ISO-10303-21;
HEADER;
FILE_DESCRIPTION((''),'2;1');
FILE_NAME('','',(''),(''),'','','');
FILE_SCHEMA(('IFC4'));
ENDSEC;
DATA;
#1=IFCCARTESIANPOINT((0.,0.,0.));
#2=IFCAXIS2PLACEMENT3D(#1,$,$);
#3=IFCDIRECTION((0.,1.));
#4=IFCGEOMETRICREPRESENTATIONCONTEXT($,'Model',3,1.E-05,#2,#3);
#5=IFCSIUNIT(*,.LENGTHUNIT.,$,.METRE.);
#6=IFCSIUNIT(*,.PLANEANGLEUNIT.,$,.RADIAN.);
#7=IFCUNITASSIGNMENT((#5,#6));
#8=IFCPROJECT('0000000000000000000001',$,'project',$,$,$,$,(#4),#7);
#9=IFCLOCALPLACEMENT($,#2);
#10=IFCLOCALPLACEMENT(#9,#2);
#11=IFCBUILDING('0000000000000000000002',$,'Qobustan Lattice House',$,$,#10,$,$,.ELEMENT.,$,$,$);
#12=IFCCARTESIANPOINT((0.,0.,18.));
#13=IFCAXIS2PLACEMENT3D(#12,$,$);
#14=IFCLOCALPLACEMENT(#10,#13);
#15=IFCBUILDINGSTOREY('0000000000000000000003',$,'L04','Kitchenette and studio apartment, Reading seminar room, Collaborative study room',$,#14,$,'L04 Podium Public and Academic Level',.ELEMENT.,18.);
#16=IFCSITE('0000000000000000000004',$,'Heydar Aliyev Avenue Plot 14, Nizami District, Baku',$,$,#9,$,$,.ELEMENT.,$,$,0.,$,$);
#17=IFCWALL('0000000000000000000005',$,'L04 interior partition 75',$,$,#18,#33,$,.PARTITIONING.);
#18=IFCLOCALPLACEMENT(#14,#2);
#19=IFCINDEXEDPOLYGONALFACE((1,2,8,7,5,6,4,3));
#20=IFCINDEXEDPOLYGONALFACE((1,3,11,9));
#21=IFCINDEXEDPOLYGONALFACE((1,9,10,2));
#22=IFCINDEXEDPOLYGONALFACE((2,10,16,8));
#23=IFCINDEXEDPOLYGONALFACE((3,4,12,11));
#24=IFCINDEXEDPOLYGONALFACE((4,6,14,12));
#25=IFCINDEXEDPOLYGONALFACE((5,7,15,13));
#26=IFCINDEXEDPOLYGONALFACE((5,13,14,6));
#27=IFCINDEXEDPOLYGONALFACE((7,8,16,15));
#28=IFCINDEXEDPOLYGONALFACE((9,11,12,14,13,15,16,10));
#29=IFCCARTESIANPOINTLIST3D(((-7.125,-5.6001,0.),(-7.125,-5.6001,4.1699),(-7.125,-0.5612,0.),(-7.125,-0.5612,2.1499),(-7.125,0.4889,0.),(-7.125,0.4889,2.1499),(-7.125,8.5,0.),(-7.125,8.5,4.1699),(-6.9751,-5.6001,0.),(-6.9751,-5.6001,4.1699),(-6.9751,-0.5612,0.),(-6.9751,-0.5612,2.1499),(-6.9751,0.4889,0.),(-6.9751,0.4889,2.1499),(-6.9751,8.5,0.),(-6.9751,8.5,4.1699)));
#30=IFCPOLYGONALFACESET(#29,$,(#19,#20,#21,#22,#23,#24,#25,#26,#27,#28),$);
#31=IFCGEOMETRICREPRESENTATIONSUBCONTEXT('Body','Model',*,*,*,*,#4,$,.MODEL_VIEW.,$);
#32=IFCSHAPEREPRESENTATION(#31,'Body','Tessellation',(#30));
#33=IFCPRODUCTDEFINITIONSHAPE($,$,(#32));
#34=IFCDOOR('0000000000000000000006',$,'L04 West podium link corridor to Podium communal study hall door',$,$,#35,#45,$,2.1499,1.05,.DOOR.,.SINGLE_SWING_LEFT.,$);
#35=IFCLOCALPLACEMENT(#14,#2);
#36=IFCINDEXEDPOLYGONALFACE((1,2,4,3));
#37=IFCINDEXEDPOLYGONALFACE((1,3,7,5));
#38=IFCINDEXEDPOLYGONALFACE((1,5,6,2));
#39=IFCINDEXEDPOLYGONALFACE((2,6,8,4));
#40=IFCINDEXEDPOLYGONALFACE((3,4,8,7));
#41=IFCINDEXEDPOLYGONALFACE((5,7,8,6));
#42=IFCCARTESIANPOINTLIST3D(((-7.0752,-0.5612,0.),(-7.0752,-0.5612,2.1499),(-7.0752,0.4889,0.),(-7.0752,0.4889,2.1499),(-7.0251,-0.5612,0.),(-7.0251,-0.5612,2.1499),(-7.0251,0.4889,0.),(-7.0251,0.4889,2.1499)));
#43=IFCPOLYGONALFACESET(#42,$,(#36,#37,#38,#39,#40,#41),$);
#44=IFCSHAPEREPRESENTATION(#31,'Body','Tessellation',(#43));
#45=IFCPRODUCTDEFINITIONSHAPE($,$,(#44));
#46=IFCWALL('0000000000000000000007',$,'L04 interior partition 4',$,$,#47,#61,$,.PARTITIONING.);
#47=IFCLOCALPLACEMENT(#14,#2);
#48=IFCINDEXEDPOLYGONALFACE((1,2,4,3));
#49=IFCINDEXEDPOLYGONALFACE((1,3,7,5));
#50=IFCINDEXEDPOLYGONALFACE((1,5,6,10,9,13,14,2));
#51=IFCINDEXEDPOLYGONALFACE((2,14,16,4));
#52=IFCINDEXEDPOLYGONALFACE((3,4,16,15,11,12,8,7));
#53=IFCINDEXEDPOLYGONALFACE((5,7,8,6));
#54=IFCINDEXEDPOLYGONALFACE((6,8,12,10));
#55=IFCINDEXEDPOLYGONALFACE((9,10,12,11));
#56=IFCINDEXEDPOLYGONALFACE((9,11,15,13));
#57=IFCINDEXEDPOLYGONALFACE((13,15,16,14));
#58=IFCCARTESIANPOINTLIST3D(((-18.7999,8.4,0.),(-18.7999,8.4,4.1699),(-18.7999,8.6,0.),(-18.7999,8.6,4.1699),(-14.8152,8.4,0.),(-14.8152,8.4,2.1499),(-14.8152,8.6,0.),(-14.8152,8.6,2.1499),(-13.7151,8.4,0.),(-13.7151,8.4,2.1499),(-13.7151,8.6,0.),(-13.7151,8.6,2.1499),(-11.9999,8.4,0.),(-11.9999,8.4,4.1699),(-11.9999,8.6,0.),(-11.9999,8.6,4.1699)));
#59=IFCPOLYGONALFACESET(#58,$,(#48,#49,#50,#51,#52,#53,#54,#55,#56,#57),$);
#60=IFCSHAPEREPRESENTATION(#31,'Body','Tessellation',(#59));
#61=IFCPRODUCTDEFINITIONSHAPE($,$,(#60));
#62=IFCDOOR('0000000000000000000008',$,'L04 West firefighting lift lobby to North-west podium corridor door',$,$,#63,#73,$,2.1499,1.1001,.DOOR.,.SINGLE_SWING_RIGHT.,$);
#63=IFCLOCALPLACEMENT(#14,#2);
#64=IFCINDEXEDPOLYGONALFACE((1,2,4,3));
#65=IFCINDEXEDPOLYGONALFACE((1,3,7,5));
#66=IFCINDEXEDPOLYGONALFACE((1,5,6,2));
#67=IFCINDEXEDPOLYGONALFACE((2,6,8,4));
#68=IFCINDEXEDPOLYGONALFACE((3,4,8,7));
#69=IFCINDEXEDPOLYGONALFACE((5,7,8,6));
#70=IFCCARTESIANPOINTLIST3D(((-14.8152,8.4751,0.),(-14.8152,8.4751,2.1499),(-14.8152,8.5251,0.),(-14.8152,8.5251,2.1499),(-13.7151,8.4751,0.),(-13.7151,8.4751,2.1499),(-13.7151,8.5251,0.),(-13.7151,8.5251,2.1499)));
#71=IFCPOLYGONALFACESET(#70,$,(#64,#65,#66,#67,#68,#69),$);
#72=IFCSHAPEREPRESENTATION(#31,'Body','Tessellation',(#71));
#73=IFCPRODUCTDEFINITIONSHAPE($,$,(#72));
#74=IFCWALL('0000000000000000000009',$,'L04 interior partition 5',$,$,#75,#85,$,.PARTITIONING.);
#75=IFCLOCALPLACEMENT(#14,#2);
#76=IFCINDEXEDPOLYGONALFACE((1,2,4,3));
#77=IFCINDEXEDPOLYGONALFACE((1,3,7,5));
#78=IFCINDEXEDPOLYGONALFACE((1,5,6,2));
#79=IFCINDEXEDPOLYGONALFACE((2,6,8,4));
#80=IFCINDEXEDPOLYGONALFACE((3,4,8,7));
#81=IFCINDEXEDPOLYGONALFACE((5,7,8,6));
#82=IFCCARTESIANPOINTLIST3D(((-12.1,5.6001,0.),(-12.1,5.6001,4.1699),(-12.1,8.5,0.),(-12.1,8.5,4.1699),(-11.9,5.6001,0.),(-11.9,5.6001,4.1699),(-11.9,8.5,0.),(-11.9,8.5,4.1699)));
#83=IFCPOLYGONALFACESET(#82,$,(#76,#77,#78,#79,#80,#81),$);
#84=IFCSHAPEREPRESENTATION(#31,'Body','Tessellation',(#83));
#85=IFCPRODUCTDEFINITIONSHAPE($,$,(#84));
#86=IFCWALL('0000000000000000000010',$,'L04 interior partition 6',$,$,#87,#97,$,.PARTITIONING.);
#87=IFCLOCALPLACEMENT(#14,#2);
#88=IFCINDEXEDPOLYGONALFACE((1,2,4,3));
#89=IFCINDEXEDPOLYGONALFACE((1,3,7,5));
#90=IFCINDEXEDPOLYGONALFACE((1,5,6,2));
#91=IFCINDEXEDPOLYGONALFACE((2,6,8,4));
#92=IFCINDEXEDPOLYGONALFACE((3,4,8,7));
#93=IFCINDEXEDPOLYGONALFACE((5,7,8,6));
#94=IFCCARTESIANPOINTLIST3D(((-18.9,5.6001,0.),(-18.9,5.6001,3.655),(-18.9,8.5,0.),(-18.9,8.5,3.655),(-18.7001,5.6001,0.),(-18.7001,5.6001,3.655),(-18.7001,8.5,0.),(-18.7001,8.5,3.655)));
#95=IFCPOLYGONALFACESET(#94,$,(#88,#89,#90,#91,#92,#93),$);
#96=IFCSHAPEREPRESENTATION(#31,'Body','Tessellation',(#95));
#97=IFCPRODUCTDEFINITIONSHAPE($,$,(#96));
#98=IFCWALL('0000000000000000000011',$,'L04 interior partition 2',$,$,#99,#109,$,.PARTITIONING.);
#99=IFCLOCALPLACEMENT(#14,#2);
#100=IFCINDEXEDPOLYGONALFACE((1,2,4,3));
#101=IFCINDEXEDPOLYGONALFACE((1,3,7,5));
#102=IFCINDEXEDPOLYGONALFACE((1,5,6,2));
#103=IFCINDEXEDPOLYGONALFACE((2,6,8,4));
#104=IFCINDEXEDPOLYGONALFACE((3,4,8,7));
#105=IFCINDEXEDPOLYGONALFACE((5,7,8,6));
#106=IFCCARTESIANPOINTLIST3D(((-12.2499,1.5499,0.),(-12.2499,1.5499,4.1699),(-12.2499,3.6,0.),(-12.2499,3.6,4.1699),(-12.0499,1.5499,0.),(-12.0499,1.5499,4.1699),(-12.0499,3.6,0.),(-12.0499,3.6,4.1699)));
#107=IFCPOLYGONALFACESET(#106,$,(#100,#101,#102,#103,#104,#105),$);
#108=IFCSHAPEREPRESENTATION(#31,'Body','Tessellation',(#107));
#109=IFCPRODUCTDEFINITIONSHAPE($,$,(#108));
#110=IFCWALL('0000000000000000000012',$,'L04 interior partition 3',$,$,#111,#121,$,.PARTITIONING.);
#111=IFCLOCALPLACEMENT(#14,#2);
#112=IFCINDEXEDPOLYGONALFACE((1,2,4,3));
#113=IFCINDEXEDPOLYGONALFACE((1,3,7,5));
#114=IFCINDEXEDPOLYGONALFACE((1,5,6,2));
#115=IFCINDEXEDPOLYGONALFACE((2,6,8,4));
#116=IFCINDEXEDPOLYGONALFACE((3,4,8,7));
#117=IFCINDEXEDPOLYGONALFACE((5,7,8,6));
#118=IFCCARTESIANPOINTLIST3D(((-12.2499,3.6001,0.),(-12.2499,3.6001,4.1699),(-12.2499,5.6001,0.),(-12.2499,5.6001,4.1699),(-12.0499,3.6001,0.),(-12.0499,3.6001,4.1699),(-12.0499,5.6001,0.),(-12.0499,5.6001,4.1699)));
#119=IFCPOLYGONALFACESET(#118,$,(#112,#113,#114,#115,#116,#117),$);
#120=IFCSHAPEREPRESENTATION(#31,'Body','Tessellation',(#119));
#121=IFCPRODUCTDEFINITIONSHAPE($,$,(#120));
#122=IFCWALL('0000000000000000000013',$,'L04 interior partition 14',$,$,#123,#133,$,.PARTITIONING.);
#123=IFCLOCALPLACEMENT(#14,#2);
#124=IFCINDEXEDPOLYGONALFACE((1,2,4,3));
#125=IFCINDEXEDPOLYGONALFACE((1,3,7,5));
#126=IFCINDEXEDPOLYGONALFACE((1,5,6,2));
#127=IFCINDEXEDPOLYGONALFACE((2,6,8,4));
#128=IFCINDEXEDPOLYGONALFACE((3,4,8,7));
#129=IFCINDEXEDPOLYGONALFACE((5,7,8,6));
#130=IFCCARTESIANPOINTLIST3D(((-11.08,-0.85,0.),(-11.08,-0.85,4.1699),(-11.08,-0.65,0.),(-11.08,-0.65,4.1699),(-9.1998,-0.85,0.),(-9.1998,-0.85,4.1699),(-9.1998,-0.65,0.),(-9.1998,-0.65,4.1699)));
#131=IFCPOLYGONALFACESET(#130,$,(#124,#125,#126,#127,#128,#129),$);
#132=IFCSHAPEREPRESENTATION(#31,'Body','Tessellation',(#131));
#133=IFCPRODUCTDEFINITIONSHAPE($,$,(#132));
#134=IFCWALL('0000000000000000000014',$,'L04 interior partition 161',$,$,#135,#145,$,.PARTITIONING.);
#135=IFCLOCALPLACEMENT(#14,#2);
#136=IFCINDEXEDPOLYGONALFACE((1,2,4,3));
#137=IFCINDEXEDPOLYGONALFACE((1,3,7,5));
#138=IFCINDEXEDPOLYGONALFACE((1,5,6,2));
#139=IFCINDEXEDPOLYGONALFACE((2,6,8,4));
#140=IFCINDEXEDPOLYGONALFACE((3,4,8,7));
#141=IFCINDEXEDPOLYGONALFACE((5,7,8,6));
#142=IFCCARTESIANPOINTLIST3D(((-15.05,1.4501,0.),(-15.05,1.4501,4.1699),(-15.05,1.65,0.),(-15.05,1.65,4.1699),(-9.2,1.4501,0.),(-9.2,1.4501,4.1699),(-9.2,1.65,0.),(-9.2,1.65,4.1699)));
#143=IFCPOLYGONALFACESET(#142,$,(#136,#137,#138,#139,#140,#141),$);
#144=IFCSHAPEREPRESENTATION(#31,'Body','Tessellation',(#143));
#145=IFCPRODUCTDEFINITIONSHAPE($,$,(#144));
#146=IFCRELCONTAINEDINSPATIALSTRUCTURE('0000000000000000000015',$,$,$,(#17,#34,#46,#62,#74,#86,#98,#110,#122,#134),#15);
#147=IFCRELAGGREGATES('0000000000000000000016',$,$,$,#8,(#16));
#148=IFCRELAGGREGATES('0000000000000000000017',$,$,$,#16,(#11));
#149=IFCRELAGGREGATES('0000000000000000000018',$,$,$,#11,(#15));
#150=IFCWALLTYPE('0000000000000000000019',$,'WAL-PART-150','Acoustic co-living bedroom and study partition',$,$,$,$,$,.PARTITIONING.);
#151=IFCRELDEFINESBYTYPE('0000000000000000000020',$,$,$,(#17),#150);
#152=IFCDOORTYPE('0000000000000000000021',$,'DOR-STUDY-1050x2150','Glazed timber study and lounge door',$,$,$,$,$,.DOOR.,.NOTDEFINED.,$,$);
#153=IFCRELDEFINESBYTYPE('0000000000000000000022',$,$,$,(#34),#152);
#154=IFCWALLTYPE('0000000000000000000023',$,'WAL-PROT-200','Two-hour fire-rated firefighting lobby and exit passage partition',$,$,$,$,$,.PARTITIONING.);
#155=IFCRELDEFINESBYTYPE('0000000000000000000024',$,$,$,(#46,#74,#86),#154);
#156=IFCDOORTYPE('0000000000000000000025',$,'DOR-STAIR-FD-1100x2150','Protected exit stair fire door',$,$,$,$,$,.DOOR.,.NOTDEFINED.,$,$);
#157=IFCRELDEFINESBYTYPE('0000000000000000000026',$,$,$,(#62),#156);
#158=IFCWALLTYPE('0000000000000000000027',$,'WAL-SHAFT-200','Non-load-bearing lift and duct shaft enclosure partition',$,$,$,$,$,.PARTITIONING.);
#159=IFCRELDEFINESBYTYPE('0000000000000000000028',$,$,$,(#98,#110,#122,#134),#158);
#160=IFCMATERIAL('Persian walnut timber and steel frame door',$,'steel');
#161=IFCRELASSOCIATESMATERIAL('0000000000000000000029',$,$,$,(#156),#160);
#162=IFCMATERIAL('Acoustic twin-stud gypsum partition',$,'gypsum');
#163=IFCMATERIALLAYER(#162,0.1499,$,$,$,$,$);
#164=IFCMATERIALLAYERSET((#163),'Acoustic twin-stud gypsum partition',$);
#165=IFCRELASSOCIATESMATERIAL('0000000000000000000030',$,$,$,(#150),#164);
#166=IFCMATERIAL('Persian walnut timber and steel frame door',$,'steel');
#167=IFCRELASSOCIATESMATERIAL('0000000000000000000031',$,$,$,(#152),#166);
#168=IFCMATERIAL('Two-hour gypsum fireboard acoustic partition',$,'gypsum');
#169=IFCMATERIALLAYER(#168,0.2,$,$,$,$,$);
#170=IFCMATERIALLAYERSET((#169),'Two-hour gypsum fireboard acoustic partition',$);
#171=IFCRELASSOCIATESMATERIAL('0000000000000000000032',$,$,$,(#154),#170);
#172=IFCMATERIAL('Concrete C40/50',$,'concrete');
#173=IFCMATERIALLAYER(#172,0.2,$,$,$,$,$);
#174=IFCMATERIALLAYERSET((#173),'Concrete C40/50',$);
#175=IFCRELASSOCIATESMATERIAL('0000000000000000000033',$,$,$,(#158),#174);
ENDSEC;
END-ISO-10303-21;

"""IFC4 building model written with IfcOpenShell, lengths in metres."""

from ifc_helpers import new_model, si_unit, direction, frame, frame_2d, origin, place, context, subcontext, project, spatial, rectangle, extrude, material, layer, layer_set, type_object, element, fill, save


model = new_model("IFC4")

# Units and contexts
model_context = context("Model", 3, precision=1e-05, world=origin(), true_north=direction((0.0, 1.0)))
body_context = subcontext(model_context, "Body", "Model", "MODEL_VIEW")
ifc_project = project(units=[si_unit("LENGTHUNIT", "METRE"), si_unit("PLANEANGLEUNIT", "RADIAN")], contexts=[model_context])

# Site, building, storey
site_placement = place(None, origin())
site = spatial("IfcSite", under=ifc_project, at=site_placement, Name="Heydar Aliyev Avenue Plot 14, Nizami District, Baku", CompositionType="ELEMENT", RefElevation=0.0)
building_placement = place(site_placement, origin())
building = spatial("IfcBuilding", under=site, at=building_placement, Name="Qobustan Lattice House", CompositionType="ELEMENT")
storey_placement = place(building_placement, frame((0.0, 0.0, 18.0)))
storey = spatial("IfcBuildingStorey", under=building, at=storey_placement, Name="L04", Description="Kitchenette and studio apartment, Reading seminar room, Collaborative study room", LongName="L04 Podium Public and Academic Level", CompositionType="ELEMENT", Elevation=18.0)

# Shared definitions
ifc_material_1 = material(Name="Persian walnut timber and steel frame door", Category="steel")
door_type_1 = type_object("IfcDoorType", Name="DOR-STAIR-FD-1100x2150", Description="Protected exit stair fire door", OperationType="NOTDEFINED", PredefinedType="DOOR", material=ifc_material_1)

# Walls, openings, doors
ifc_material_2 = material(Name="Acoustic twin-stud gypsum partition", Category="gypsum")
ifc_layer_1 = layer(ifc_material_2, 0.1499)
ifc_layer_set_1 = layer_set([ifc_layer_1], Name="Acoustic twin-stud gypsum partition")
wall_type_1 = type_object("IfcWallType", Name="WAL-PART-150", Description="Acoustic co-living bedroom and study partition", PredefinedType="PARTITIONING", material=ifc_layer_set_1)
ifc_material_3 = material(Name="Persian walnut timber and steel frame door", Category="steel")
door_type_2 = type_object("IfcDoorType", Name="DOR-STUDY-1050x2150", Description="Glazed timber study and lounge door", OperationType="NOTDEFINED", PredefinedType="DOOR", material=ifc_material_3)
wall_1_placement = place(storey_placement, frame((-7.05, 8.5, 0.0), z_axis=(0.0, 0.0, 1.0), x_axis=(0.0, -1.0, 0.0)))
wall_1 = element("IfcWall", 1, at=wall_1_placement, inside=storey, type_object=wall_type_1, Name="L04 interior partition 75", PredefinedType="PARTITIONING", context=body_context, shape_type="SweptSolid", body=[
    extrude(rectangle(XDim=14.1001, YDim=0.1499, at=frame_2d((7.05, 0.0))), origin(), (0.0, 0.0, 1.0), 4.1699),
])
opening_1_placement = place(wall_1_placement, frame((8.0112, 0.0, 0.0)))
opening_1 = element("IfcOpeningElement", 2, at=opening_1_placement, cuts=wall_1, PredefinedType="OPENING", context=body_context, shape_type="SweptSolid", body=[
    extrude(rectangle(XDim=1.05, YDim=2.1499, at=frame_2d((0.5249, 1.075))), frame((0.0, 0.085, 0.0), z_axis=(0.0, -1.0, 0.0), x_axis=(1.0, 0.0, 0.0)), (0.0, 0.0, 1.0), 0.1699),
])
door_1_placement = place(opening_1_placement, origin())
door_1 = element("IfcDoor", 3, at=door_1_placement, inside=storey, type_object=door_type_2, Name="L04 West podium link corridor to Podium communal study hall door", OperationType="SINGLE_SWING_LEFT", OverallHeight=2.1499, OverallWidth=1.05, PredefinedType="DOOR", context=body_context, shape_type="SweptSolid", body=[
    extrude(rectangle(XDim=1.05, YDim=2.1499, at=frame_2d((0.5249, 1.075))), frame((0.0, 0.0249, 0.0), z_axis=(0.0, -1.0, 0.0), x_axis=(1.0, 0.0, 0.0)), (0.0, 0.0, 1.0), 0.05),
])
fill(opening_1, door_1)
ifc_material_4 = material(Name="Two-hour gypsum fireboard acoustic partition", Category="gypsum")
ifc_layer_2 = layer(ifc_material_4, 0.2)
ifc_layer_set_2 = layer_set([ifc_layer_2], Name="Two-hour gypsum fireboard acoustic partition")
wall_type_2 = type_object("IfcWallType", Name="WAL-PROT-200", Description="Two-hour fire-rated firefighting lobby and exit passage partition", PredefinedType="PARTITIONING", material=ifc_layer_set_2)
wall_2_placement = place(storey_placement, frame((-12.0, 8.5, 0.0), z_axis=(0.0, 0.0, 1.0), x_axis=(-1.0, 0.0, 0.0)))
wall_2 = element("IfcWall", 4, at=wall_2_placement, inside=storey, type_object=wall_type_2, Name="L04 interior partition 4", PredefinedType="PARTITIONING", context=body_context, shape_type="SweptSolid", body=[
    extrude(rectangle(XDim=6.8, YDim=0.2, at=frame_2d((3.3999, 0.0))), origin(), (0.0, 0.0, 1.0), 4.1699),
])
opening_2_placement = place(wall_2_placement, frame((1.7151, 0.0, 0.0)))
opening_2 = element("IfcOpeningElement", 5, at=opening_2_placement, cuts=wall_2, PredefinedType="OPENING", context=body_context, shape_type="SweptSolid", body=[
    extrude(rectangle(XDim=1.1001, YDim=2.1499, at=frame_2d((0.55, 1.075))), frame((0.0, 0.1099, 0.0), z_axis=(0.0, -1.0, 0.0), x_axis=(1.0, 0.0, 0.0)), (0.0, 0.0, 1.0), 0.22),
])
door_2_placement = place(opening_2_placement, origin())
door_2 = element("IfcDoor", 6, at=door_2_placement, inside=storey, type_object=door_type_1, Name="L04 West firefighting lift lobby to North-west podium corridor door", OperationType="SINGLE_SWING_RIGHT", OverallHeight=2.1499, OverallWidth=1.1001, PredefinedType="DOOR", context=body_context, shape_type="SweptSolid", body=[
    extrude(rectangle(XDim=1.1001, YDim=2.1499, at=frame_2d((0.55, 1.075))), frame((0.0, 0.0249, 0.0), z_axis=(0.0, -1.0, 0.0), x_axis=(1.0, 0.0, 0.0)), (0.0, 0.0, 1.0), 0.05),
])
fill(opening_2, door_2)

# Walls
wall_3_placement = place(storey_placement, frame((-12.0, 5.6001, 0.0), z_axis=(0.0, 0.0, 1.0), x_axis=(0.0, 1.0, 0.0)))
element("IfcWall", 7, at=wall_3_placement, inside=storey, type_object=wall_type_2, Name="L04 interior partition 5", PredefinedType="PARTITIONING", context=body_context, shape_type="SweptSolid", body=[
    extrude(rectangle(XDim=2.8999, YDim=0.2, at=frame_2d((1.45, 0.0))), origin(), (0.0, 0.0, 1.0), 4.1699),
])
wall_4_placement = place(storey_placement, frame((-18.8, 8.5, 0.0), z_axis=(0.0, 0.0, 1.0), x_axis=(0.0, -1.0, 0.0)))
element("IfcWall", 8, at=wall_4_placement, inside=storey, type_object=wall_type_2, Name="L04 interior partition 6", PredefinedType="PARTITIONING", context=body_context, shape_type="SweptSolid", body=[
    extrude(rectangle(XDim=2.8999, YDim=0.2, at=frame_2d((1.45, 0.0))), origin(), (0.0, 0.0, 1.0), 3.655),
])
ifc_material_5 = material(Name="Concrete C40/50", Category="concrete")
ifc_layer_3 = layer(ifc_material_5, 0.2)
ifc_layer_set_3 = layer_set([ifc_layer_3], Name="Concrete C40/50")
wall_type_3 = type_object("IfcWallType", Name="WAL-SHAFT-200", Description="Non-load-bearing lift and duct shaft enclosure partition", PredefinedType="PARTITIONING", material=ifc_layer_set_3)
wall_5_placement = place(storey_placement, frame((-12.1499, 1.55, 0.0), z_axis=(0.0, 0.0, 1.0), x_axis=(0.0, 1.0, 0.0)))
element("IfcWall", 9, at=wall_5_placement, inside=storey, type_object=wall_type_3, Name="L04 interior partition 2", PredefinedType="PARTITIONING", context=body_context, shape_type="SweptSolid", body=[
    extrude(rectangle(XDim=2.05, YDim=0.2, at=frame_2d((1.0249, 0.0))), origin(), (0.0, 0.0, 1.0), 4.1699),
])
wall_6_placement = place(storey_placement, frame((-12.1499, 3.6001, 0.0), z_axis=(0.0, 0.0, 1.0), x_axis=(0.0, 1.0, 0.0)))
element("IfcWall", 10, at=wall_6_placement, inside=storey, type_object=wall_type_3, Name="L04 interior partition 3", PredefinedType="PARTITIONING", context=body_context, shape_type="SweptSolid", body=[
    extrude(rectangle(XDim=2.0, YDim=0.2, at=frame_2d((1.0, 0.0))), origin(), (0.0, 0.0, 1.0), 4.1699),
])
wall_7_placement = place(storey_placement, frame((-9.2, -0.75, 0.0), z_axis=(0.0, 0.0, 1.0), x_axis=(-1.0, 0.0, 0.0)))
element("IfcWall", 11, at=wall_7_placement, inside=storey, type_object=wall_type_3, Name="L04 interior partition 14", PredefinedType="PARTITIONING", context=body_context, shape_type="SweptSolid", body=[
    extrude(rectangle(XDim=1.8801, YDim=0.2, at=frame_2d((0.9399, 0.0))), origin(), (0.0, 0.0, 1.0), 4.1699),
])
wall_8_placement = place(storey_placement, frame((-15.05, 1.55, 0.0), z_axis=(0.0, 0.0, 1.0), x_axis=(1.0, 0.0, 0.0)))
element("IfcWall", 12, at=wall_8_placement, inside=storey, type_object=wall_type_3, Name="L04 interior partition 161", PredefinedType="PARTITIONING", context=body_context, shape_type="SweptSolid", body=[
    extrude(rectangle(XDim=5.8501, YDim=0.2, at=frame_2d((2.925, 0.0))), origin(), (0.0, 0.0, 1.0), 4.1699),
])

save(model, "model.ifc")
